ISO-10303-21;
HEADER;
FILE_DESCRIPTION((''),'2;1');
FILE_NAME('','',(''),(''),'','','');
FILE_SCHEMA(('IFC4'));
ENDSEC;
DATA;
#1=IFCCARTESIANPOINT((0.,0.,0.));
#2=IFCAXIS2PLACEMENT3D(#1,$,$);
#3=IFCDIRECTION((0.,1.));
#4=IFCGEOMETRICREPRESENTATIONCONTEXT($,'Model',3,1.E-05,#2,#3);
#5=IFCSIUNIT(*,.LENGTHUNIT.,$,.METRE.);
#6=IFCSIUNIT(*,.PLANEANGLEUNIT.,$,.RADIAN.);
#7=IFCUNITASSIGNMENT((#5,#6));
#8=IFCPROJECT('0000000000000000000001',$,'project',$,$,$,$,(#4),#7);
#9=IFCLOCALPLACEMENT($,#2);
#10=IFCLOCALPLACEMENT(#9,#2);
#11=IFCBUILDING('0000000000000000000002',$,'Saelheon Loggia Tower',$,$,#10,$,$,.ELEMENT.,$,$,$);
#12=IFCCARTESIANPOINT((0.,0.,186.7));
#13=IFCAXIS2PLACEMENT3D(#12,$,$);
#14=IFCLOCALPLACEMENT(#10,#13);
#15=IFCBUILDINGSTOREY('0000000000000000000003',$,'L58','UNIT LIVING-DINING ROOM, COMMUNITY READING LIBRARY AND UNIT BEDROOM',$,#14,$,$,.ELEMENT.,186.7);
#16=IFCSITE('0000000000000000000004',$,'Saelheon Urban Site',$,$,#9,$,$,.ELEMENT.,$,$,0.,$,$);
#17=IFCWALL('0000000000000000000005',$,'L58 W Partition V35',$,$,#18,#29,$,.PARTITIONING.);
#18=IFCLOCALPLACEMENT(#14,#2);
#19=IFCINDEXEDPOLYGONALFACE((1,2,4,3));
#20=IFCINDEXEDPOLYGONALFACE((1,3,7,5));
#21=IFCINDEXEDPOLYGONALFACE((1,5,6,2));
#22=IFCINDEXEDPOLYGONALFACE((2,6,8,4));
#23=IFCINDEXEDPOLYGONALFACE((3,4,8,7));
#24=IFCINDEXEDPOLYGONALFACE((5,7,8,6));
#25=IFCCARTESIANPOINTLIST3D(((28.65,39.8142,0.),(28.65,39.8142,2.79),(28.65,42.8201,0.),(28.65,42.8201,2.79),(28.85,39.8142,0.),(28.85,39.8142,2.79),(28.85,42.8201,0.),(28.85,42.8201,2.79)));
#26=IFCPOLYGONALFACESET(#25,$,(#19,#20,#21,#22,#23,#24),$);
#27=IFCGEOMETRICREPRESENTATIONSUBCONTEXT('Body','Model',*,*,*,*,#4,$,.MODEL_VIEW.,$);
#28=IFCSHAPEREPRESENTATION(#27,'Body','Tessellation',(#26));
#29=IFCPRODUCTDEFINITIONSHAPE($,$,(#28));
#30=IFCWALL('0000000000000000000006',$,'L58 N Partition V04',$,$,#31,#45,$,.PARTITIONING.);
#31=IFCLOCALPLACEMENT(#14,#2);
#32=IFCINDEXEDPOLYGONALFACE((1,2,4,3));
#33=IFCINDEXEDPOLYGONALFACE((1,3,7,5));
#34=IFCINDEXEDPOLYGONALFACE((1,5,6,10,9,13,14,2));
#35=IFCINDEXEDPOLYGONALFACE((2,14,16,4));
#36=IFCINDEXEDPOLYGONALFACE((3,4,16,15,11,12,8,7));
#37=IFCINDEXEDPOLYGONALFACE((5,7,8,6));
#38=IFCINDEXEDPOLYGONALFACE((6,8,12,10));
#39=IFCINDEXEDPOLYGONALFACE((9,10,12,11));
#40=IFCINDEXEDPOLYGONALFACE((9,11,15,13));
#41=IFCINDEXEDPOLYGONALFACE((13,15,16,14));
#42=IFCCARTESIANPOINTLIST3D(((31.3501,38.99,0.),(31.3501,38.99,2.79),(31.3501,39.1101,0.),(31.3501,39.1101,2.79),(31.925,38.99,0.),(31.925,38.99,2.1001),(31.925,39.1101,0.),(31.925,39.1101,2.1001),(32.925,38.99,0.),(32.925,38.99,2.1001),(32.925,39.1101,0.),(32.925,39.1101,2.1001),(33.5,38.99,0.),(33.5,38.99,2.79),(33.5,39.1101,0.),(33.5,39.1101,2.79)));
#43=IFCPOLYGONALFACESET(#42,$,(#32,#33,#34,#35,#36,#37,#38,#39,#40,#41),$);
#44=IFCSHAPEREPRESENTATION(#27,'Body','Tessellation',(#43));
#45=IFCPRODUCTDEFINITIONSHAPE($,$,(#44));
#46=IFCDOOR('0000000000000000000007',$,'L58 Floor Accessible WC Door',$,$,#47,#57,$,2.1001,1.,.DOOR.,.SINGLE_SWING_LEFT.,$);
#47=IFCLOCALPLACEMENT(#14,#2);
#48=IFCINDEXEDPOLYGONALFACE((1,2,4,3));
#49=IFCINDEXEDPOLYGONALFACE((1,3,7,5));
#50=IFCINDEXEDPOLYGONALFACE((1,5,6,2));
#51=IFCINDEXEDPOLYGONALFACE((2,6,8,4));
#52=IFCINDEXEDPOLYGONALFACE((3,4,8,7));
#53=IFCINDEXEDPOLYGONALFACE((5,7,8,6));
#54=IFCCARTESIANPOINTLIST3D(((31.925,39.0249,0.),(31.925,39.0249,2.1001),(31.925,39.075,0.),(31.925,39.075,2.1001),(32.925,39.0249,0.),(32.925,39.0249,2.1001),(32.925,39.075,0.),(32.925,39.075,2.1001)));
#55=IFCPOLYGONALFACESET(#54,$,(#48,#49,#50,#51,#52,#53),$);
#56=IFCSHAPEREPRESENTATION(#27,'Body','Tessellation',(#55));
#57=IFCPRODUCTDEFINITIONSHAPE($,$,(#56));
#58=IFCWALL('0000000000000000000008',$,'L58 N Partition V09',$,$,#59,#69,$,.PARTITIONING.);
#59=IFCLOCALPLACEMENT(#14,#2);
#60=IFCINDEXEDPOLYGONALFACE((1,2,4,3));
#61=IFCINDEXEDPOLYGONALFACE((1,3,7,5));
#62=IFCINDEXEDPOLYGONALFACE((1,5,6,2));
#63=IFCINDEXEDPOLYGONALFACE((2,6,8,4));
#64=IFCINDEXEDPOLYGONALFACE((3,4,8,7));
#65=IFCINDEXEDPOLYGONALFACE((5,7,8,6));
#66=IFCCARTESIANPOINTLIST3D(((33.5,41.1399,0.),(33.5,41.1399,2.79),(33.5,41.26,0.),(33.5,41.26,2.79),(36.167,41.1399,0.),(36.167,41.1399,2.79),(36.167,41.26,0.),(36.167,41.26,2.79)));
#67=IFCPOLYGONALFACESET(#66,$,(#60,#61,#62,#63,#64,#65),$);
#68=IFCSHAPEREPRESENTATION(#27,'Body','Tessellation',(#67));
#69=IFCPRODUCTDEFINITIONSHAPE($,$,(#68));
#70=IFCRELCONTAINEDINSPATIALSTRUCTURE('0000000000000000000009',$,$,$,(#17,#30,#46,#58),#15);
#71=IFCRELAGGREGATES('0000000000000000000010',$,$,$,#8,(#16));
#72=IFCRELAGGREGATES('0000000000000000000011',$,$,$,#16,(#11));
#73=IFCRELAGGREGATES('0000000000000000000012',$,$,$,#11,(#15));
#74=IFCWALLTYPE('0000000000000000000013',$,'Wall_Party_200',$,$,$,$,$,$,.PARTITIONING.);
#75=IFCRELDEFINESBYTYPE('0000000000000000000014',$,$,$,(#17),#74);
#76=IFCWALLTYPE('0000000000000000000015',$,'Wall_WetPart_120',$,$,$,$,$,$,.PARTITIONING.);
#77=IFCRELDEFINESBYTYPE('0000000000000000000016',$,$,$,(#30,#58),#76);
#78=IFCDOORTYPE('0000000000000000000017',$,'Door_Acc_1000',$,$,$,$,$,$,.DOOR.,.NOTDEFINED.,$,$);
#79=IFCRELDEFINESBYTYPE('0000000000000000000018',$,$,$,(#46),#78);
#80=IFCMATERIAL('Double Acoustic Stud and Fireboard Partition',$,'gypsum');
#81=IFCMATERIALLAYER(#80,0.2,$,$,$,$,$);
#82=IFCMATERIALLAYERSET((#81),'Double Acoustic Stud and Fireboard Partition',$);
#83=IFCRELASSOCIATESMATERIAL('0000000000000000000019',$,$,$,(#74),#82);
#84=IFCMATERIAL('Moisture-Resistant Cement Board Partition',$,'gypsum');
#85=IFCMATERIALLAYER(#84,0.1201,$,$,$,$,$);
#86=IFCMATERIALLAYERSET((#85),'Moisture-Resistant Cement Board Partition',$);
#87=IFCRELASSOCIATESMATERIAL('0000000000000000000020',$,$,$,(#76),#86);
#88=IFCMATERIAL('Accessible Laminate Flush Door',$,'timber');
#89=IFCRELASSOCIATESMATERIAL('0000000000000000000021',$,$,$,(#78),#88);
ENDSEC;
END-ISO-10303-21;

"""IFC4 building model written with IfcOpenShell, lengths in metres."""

from ifc_helpers import new_model, si_unit, direction, frame, frame_2d, origin, place, context, subcontext, project, spatial, rectangle, extrude, source, transform, mapped, material, layer, layer_set, type_object, element, fill, save


model = new_model("IFC4")

# Units and contexts
model_context = context("Model", 3, precision=1e-05, world=origin(), true_north=direction((0.0, 1.0)))
body_context = subcontext(model_context, "Body", "Model", "MODEL_VIEW")
ifc_project = project(units=[si_unit("LENGTHUNIT", "METRE"), si_unit("PLANEANGLEUNIT", "RADIAN")], contexts=[model_context])

# Site, building, storey
site_placement = place(None, origin())
site = spatial("IfcSite", under=ifc_project, at=site_placement, Name="Saelheon Urban Site", CompositionType="ELEMENT", RefElevation=0.0)
building_placement = place(site_placement, origin())
building = spatial("IfcBuilding", under=site, at=building_placement, Name="Saelheon Loggia Tower", CompositionType="ELEMENT")
storey_placement = place(building_placement, frame((0.0, 0.0, 186.7)))
storey = spatial("IfcBuildingStorey", under=building, at=storey_placement, Name="L58", Description="UNIT LIVING-DINING ROOM, COMMUNITY READING LIBRARY AND UNIT BEDROOM", CompositionType="ELEMENT", Elevation=186.7)

# Wall
ifc_material_1 = material(Name="Double Acoustic Stud and Fireboard Partition", Category="gypsum")
ifc_layer_1 = layer(ifc_material_1, 0.2)
ifc_layer_set_1 = layer_set([ifc_layer_1], Name="Double Acoustic Stud and Fireboard Partition")
wall_type_1 = type_object("IfcWallType", Name="Wall_Party_200", PredefinedType="PARTITIONING", material=ifc_layer_set_1)
wall_1_placement = place(storey_placement, frame((28.75, 39.8142, 0.0), z_axis=(0.0, 0.0, 1.0), x_axis=(0.0, 1.0, 0.0)))
element("IfcWall", 1, at=wall_1_placement, inside=storey, type_object=wall_type_1, Name="L58 W Partition V35", PredefinedType="PARTITIONING", context=body_context, shape_type="SweptSolid", body=[
    extrude(rectangle(XDim=3.0059, YDim=0.2, at=frame_2d((1.5029, 0.0))), origin(), (0.0, 0.0, 1.0), 2.79),
])

# Wall, opening, door
ifc_material_2 = material(Name="Moisture-Resistant Cement Board Partition", Category="gypsum")
ifc_layer_2 = layer(ifc_material_2, 0.1201)
ifc_layer_set_2 = layer_set([ifc_layer_2], Name="Moisture-Resistant Cement Board Partition")
wall_type_2 = type_object("IfcWallType", Name="Wall_WetPart_120", PredefinedType="PARTITIONING", material=ifc_layer_set_2)
wall_2_placement = place(storey_placement, frame((31.3501, 39.05, 0.0), z_axis=(0.0, 0.0, 1.0), x_axis=(1.0, 0.0, 0.0)))
wall_2 = element("IfcWall", 2, at=wall_2_placement, inside=storey, type_object=wall_type_2, Name="L58 N Partition V04", PredefinedType="PARTITIONING", context=body_context, shape_type="SweptSolid", body=[
    extrude(rectangle(XDim=2.1499, YDim=0.1201, at=frame_2d((1.075, 0.0))), origin(), (0.0, 0.0, 1.0), 2.79),
])
opening_1_placement = place(wall_2_placement, frame((0.575, 0.0, 0.0)))
opening_1 = element("IfcOpeningElement", 3, at=opening_1_placement, cuts=wall_2, PredefinedType="OPENING", context=body_context, shape_type="SweptSolid", body=[
    extrude(rectangle(XDim=1.0, YDim=2.1001, at=frame_2d((0.5, 1.05))), frame((0.0, 0.072, 0.0), z_axis=(0.0, -1.0, 0.0), x_axis=(1.0, 0.0, 0.0)), (0.0, 0.0, 1.0), 0.144),
])
ifc_material_3 = material(Name="Accessible Laminate Flush Door", Category="timber")
door_type_1 = type_object("IfcDoorType", Name="Door_Acc_1000", OperationType="NOTDEFINED", PredefinedType="DOOR", material=ifc_material_3)
shared_shape_1 = source(origin(), body_context, "Body", "SweptSolid", [
    extrude(rectangle(XDim=1.0, YDim=2.1001, at=frame_2d((0.5, 1.05))), frame((0.0, 0.0249, 0.0), z_axis=(0.0, -1.0, 0.0), x_axis=(1.0, 0.0, 0.0)), (0.0, 0.0, 1.0), 0.05),
])
door_1_placement = place(opening_1_placement, origin())
door_1 = element("IfcDoor", 4, at=door_1_placement, inside=storey, type_object=door_type_1, Name="L58 Floor Accessible WC Door", OperationType="SINGLE_SWING_LEFT", OverallHeight=2.1001, OverallWidth=1.0, PredefinedType="DOOR", context=body_context, shape_type="MappedRepresentation", body=[
    mapped(shared_shape_1, transform((0.0, 0.0, 0.0), scale=1.0)),
])
fill(opening_1, door_1)

# Wall
wall_3_placement = place(storey_placement, frame((33.5, 41.2, 0.0), z_axis=(0.0, 0.0, 1.0), x_axis=(1.0, 0.0, 0.0)))
element("IfcWall", 5, at=wall_3_placement, inside=storey, type_object=wall_type_2, Name="L58 N Partition V09", PredefinedType="PARTITIONING", context=body_context, shape_type="SweptSolid", body=[
    extrude(rectangle(XDim=2.667, YDim=0.1201, at=frame_2d((1.3335, 0.0))), origin(), (0.0, 0.0, 1.0), 2.79),
])

save(model, "model.ifc")
